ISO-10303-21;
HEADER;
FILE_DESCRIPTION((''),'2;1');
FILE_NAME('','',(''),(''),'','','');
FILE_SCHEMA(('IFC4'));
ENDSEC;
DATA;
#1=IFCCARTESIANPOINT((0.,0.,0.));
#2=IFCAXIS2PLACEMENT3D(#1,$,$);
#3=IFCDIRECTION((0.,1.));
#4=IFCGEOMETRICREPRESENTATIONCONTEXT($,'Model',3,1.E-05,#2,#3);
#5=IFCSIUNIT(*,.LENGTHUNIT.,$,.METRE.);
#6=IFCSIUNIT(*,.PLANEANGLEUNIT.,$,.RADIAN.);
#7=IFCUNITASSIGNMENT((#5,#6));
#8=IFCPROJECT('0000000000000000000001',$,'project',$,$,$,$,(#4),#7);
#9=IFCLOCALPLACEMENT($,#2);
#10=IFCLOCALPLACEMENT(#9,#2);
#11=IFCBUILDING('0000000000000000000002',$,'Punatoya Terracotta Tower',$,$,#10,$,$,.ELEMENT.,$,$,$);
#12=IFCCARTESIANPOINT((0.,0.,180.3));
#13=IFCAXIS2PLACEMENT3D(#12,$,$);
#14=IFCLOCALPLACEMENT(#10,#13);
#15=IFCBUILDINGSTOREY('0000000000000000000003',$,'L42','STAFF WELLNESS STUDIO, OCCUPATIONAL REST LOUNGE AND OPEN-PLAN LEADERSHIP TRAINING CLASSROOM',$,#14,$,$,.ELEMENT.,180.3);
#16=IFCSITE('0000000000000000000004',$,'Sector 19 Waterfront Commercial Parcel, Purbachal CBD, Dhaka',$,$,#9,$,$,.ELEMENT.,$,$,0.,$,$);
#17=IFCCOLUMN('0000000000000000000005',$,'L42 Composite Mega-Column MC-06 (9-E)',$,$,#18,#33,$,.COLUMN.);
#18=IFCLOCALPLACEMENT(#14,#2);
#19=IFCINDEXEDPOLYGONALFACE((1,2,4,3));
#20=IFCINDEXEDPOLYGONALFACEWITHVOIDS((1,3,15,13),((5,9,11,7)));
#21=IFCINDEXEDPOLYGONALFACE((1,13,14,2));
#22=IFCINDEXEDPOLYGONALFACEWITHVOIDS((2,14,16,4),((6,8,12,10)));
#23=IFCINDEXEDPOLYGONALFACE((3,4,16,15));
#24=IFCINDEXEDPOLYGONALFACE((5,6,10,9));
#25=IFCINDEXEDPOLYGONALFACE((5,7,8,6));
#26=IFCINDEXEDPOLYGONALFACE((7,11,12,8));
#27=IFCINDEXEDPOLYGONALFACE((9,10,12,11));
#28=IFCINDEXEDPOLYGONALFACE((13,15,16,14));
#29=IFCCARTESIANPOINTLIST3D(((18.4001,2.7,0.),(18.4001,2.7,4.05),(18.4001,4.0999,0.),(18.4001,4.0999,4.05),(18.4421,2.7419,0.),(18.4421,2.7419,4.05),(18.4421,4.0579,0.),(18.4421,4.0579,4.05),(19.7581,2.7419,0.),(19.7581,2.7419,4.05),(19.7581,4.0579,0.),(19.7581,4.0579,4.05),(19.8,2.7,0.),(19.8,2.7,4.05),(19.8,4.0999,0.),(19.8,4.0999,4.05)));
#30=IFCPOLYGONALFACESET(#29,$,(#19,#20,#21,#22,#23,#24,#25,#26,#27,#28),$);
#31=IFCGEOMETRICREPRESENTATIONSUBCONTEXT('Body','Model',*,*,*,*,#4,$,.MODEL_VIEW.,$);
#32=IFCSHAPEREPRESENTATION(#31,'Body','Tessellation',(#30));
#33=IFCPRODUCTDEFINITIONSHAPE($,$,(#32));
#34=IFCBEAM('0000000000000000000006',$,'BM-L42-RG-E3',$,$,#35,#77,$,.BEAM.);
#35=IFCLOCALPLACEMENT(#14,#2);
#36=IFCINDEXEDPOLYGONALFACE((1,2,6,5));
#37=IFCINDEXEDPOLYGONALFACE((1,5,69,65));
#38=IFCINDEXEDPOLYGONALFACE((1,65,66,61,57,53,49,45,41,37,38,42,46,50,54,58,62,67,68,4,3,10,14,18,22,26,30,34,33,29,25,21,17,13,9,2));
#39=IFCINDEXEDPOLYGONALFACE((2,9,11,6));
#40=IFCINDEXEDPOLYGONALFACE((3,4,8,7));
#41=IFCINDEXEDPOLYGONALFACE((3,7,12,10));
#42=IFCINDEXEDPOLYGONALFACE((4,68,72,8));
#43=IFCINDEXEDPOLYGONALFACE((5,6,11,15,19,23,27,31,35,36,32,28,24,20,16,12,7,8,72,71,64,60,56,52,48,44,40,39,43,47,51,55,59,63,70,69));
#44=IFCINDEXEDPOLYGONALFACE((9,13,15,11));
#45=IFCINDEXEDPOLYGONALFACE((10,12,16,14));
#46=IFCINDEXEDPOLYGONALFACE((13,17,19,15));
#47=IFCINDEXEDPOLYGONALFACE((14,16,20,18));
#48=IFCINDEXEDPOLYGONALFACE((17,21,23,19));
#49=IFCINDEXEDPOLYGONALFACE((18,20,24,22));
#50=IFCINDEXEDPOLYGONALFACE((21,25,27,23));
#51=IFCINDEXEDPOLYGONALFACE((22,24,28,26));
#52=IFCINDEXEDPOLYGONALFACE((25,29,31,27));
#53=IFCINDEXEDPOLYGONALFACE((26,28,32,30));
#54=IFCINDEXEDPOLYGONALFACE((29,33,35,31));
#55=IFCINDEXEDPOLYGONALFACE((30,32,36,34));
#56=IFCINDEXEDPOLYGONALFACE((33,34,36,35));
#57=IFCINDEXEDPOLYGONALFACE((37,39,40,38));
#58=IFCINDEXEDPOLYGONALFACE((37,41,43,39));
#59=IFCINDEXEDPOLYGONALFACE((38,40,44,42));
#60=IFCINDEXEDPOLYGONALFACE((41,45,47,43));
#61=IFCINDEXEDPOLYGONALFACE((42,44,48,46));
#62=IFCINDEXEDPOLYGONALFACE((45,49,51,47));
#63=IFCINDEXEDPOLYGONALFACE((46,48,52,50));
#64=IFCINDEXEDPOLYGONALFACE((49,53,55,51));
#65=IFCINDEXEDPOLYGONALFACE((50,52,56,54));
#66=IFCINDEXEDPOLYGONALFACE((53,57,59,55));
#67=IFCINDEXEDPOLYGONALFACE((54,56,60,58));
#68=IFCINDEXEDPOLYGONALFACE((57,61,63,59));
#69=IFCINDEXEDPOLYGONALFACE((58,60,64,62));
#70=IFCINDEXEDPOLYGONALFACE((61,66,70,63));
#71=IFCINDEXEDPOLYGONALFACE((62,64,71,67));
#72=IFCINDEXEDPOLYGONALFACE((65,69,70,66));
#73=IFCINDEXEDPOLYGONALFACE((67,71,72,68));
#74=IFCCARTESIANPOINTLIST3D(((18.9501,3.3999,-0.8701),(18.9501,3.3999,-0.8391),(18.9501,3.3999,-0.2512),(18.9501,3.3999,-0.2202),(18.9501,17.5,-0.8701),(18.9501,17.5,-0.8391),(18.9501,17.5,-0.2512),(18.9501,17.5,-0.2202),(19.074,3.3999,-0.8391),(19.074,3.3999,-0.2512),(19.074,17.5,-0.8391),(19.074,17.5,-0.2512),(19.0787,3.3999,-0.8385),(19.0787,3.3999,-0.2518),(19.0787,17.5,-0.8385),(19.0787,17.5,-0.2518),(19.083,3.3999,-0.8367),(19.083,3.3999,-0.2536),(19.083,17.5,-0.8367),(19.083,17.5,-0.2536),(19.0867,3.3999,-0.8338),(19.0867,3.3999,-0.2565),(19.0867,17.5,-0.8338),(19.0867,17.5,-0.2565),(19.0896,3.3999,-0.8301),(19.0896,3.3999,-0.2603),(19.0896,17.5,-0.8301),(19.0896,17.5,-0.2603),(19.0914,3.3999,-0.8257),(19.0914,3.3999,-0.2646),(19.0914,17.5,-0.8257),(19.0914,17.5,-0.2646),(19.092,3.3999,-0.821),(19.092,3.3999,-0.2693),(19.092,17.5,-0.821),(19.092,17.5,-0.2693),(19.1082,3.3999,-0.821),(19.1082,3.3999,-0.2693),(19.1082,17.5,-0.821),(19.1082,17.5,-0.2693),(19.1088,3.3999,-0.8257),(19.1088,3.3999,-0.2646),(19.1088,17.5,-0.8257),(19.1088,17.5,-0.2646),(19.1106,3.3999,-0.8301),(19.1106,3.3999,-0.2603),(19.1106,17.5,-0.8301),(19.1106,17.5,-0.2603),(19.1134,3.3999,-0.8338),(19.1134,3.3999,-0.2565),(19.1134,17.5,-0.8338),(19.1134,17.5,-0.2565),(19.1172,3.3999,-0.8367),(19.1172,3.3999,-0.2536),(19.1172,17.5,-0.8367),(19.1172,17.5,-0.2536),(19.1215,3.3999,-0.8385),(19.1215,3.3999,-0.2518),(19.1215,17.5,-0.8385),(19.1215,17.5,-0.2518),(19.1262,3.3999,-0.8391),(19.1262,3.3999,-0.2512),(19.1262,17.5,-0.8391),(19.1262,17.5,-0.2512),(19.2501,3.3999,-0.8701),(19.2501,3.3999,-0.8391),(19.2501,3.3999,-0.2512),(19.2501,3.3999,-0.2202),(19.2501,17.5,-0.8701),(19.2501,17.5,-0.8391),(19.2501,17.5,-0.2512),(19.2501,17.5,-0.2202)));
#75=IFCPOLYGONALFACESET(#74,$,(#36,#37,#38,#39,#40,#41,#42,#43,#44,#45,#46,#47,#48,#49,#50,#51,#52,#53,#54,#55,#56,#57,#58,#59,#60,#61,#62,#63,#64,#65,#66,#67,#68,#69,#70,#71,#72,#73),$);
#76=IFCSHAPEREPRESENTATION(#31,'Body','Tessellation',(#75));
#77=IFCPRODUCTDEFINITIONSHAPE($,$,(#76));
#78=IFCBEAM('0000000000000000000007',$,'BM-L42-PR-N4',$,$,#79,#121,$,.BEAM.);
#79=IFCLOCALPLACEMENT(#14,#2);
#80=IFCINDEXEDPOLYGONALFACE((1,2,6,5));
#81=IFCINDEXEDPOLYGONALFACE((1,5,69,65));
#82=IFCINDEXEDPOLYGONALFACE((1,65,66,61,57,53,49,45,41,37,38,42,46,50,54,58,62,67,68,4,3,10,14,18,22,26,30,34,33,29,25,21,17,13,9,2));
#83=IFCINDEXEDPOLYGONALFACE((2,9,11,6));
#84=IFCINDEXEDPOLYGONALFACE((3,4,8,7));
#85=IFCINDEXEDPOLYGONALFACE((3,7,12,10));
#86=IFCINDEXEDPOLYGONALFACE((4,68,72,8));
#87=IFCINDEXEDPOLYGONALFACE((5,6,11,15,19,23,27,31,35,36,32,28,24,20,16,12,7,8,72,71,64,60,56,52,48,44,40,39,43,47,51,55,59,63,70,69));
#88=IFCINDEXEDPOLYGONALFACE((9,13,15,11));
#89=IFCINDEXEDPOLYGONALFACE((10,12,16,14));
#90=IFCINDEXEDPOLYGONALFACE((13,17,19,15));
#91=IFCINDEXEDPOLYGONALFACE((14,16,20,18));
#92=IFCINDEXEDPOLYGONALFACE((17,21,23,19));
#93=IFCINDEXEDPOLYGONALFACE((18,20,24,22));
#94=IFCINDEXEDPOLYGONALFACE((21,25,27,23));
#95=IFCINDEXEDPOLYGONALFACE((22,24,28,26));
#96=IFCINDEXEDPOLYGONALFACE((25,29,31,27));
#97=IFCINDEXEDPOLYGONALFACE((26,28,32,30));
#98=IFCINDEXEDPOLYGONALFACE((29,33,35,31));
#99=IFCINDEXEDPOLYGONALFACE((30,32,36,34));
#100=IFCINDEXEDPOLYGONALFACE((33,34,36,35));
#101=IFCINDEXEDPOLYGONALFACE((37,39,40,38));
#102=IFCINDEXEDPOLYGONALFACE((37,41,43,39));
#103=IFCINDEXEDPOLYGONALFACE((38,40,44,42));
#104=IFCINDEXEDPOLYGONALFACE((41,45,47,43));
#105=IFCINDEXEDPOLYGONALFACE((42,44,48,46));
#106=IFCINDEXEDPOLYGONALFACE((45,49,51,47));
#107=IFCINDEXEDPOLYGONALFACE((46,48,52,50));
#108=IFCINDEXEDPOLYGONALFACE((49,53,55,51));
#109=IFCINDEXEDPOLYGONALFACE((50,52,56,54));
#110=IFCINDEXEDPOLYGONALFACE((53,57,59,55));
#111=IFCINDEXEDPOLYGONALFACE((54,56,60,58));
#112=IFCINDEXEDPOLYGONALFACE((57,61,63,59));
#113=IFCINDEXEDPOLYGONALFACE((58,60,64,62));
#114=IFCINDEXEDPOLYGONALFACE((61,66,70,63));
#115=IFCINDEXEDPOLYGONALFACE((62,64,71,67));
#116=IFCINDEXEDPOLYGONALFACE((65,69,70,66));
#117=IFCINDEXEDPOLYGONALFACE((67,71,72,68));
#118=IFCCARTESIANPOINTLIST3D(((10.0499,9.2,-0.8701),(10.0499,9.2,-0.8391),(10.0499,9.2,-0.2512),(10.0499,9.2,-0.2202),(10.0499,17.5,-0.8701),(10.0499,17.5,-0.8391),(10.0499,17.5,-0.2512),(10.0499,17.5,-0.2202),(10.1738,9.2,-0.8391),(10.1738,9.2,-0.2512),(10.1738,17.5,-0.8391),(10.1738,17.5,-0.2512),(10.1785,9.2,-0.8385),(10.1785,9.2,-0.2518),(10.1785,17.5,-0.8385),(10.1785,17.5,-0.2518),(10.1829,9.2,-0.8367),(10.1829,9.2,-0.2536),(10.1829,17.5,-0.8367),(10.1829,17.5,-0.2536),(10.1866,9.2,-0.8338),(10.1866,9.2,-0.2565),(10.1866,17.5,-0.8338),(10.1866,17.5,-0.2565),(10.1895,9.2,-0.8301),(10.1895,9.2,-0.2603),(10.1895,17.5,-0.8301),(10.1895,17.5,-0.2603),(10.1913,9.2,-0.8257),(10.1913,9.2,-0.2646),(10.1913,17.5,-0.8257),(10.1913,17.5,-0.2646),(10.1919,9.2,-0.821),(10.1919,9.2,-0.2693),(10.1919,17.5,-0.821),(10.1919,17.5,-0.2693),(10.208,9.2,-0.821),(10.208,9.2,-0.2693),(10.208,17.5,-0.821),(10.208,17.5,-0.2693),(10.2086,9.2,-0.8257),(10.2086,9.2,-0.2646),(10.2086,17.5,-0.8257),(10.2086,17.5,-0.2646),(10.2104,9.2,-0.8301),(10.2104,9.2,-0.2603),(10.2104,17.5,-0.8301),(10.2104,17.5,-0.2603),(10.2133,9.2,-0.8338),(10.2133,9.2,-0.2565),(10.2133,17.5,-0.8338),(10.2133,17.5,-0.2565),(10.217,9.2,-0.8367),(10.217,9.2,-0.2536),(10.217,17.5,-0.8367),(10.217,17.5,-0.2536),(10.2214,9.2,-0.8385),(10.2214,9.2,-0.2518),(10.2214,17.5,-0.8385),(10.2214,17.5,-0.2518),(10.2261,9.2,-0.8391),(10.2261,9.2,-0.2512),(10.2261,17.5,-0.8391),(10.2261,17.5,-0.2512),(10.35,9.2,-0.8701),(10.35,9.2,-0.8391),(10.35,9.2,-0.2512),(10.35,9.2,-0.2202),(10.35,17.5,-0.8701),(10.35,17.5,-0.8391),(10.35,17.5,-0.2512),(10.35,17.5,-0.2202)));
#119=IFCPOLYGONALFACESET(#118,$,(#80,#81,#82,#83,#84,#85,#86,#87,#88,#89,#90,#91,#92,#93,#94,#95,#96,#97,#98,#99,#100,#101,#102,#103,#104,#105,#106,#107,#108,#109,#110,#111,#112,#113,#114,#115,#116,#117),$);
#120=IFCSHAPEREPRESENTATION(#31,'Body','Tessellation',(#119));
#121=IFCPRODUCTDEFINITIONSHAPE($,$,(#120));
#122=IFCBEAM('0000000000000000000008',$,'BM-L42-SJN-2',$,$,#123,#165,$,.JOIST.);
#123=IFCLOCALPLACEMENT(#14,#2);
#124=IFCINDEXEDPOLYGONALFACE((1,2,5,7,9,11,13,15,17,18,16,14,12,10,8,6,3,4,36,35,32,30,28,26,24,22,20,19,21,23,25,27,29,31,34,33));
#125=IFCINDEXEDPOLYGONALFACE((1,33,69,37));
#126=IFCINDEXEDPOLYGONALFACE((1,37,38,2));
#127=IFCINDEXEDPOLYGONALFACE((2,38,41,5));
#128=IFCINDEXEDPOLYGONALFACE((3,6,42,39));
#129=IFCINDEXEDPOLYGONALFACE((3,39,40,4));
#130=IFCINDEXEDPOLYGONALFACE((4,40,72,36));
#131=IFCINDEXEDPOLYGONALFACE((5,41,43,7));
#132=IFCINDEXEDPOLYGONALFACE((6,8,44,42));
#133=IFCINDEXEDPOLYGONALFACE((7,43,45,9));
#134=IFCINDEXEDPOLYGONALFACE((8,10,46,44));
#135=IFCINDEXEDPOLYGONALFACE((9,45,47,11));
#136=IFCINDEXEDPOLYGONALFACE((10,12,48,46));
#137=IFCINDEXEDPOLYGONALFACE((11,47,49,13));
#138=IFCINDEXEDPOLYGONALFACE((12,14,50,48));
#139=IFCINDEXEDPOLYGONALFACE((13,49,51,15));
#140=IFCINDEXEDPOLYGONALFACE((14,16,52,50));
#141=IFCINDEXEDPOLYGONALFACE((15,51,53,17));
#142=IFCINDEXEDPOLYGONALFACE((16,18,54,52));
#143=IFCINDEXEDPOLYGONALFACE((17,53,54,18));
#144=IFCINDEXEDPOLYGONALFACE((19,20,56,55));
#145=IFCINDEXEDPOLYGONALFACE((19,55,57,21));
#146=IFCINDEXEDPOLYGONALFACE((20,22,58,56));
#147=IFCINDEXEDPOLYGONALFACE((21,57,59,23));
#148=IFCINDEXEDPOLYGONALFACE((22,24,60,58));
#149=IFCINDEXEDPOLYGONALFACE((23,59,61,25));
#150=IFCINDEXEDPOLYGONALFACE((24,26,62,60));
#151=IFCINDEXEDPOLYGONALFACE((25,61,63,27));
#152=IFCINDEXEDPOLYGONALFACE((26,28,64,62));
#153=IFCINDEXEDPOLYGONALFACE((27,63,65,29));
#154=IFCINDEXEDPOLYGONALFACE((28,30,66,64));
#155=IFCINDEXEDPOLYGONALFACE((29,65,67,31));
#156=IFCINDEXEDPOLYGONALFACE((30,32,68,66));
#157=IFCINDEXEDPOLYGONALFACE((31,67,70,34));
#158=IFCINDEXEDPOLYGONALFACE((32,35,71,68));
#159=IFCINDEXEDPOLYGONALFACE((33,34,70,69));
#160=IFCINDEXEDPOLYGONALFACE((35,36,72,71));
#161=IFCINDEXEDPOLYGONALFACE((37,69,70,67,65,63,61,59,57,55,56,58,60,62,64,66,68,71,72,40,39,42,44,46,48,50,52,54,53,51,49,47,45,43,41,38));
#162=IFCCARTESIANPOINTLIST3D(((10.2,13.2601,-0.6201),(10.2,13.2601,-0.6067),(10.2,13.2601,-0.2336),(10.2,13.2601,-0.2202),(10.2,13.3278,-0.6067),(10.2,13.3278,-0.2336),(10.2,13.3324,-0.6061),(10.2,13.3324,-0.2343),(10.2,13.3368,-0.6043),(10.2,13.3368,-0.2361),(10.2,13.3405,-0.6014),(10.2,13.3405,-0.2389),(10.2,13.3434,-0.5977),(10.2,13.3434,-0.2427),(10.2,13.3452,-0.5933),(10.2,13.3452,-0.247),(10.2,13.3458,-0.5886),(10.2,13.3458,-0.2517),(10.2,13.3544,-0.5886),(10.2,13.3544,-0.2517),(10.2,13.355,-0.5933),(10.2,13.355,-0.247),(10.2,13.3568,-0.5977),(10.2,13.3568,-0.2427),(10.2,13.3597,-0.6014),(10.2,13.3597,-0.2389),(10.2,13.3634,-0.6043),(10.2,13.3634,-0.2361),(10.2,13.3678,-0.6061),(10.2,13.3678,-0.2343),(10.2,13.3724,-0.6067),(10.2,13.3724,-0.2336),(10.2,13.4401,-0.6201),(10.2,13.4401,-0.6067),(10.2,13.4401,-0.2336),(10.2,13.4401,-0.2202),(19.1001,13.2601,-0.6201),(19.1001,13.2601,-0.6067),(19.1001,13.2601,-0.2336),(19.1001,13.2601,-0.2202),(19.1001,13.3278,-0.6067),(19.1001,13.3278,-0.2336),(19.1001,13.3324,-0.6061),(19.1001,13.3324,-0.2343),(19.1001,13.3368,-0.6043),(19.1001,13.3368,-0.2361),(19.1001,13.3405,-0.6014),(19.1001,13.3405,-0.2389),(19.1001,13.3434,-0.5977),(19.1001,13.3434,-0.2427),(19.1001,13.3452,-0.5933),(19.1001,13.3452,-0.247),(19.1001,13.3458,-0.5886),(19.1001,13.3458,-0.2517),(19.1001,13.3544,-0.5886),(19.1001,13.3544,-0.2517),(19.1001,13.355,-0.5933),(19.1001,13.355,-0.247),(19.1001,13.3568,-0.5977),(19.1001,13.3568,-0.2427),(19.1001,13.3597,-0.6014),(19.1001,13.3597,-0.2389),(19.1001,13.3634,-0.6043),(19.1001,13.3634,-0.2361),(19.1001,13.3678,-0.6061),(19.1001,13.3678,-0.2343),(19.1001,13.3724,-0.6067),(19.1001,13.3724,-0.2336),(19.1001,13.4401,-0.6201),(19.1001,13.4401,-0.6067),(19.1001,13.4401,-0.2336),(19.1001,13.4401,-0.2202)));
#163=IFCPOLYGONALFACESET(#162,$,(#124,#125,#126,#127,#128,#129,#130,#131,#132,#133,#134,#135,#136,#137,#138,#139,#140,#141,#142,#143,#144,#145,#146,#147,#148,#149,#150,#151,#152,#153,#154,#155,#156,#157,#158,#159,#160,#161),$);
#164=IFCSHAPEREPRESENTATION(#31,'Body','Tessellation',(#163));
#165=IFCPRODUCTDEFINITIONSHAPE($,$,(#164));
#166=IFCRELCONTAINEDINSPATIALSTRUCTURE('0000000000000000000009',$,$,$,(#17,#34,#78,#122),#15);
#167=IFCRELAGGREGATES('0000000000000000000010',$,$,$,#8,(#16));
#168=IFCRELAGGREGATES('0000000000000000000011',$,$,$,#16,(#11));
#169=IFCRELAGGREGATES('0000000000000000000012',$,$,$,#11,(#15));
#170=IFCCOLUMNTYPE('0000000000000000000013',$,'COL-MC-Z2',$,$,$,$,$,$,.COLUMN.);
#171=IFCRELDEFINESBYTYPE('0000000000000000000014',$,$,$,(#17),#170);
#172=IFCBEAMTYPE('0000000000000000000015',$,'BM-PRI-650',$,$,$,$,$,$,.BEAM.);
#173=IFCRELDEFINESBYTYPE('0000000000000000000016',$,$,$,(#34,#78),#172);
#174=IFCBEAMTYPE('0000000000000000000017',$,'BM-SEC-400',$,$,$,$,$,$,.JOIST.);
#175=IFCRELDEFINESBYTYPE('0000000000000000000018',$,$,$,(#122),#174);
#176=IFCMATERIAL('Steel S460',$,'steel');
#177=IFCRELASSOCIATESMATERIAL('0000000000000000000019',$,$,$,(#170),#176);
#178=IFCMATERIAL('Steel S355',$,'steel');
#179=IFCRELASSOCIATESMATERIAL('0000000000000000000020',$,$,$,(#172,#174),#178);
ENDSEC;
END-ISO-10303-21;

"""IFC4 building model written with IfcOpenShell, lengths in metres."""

from ifc_helpers import new_model, si_unit, direction, frame, origin, origin_2d, place, context, subcontext, project, spatial, hollow_rectangle, i_section, extrude, material, material_profile, profile_set, type_object, element, save


model = new_model("IFC4")

# Units and contexts
model_context = context("Model", 3, precision=1e-05, world=origin(), true_north=direction((0.0, 1.0)))
body_context = subcontext(model_context, "Body", "Model", "MODEL_VIEW")
ifc_project = project(units=[si_unit("LENGTHUNIT", "METRE"), si_unit("PLANEANGLEUNIT", "RADIAN")], contexts=[model_context])

# Site, building, storey
site_placement = place(None, origin())
site = spatial("IfcSite", under=ifc_project, at=site_placement, Name="Sector 19 Waterfront Commercial Parcel, Purbachal CBD, Dhaka", CompositionType="ELEMENT", RefElevation=0.0)
building_placement = place(site_placement, origin())
building = spatial("IfcBuilding", under=site, at=building_placement, Name="Punatoya Terracotta Tower", CompositionType="ELEMENT")
storey_placement = place(building_placement, frame((0.0, 0.0, 180.3)))
storey = spatial("IfcBuildingStorey", under=building, at=storey_placement, Name="L42", Description="STAFF WELLNESS STUDIO, OCCUPATIONAL REST LOUNGE AND OPEN-PLAN LEADERSHIP TRAINING CLASSROOM", CompositionType="ELEMENT", Elevation=180.3)

# Column
ifc_material_1 = material(Name="Steel S460", Category="steel")
ifc_material_profile_1 = material_profile(ifc_material_1, hollow_rectangle(XDim=1.3999, YDim=1.3999, WallThickness=0.042, at=origin_2d()))
ifc_profile_set_1 = profile_set([ifc_material_profile_1], Name="Steel S460")
column_type = type_object("IfcColumnType", Name="COL-MC-Z2", PredefinedType="COLUMN", material=ifc_profile_set_1)
column_placement = place(storey_placement, frame((19.1001, 3.3999, 0.0), z_axis=(0.0, 0.0, 1.0), x_axis=(1.0, 0.0, 0.0)))
element("IfcColumn", 1, at=column_placement, inside=storey, type_object=column_type, Name="L42 Composite Mega-Column MC-06 (9-E)", PredefinedType="COLUMN", context=body_context, shape_type="SweptSolid", body=[
    extrude(hollow_rectangle(XDim=1.3999, YDim=1.3999, WallThickness=0.042, at=origin_2d()), origin(), (0.0, 0.0, 1.0), 4.05),
])

# Beams
ifc_material_2 = material(Name="Steel S355", Category="steel")
ifc_material_profile_2 = material_profile(ifc_material_2, i_section(OverallWidth=0.3, OverallDepth=0.6499, WebThickness=0.0161, FlangeThickness=0.031, FilletRadius=0.0181, at=origin_2d()))
ifc_profile_set_2 = profile_set([ifc_material_profile_2], Name="Steel S355")
beam_type_1 = type_object("IfcBeamType", Name="BM-PRI-650", PredefinedType="BEAM", material=ifc_profile_set_2)
beam_1_placement = place(storey_placement, frame((19.1001, 3.3999, -0.5452), z_axis=(0.0, 1.0, 0.0), x_axis=(-1.0, 0.0, 0.0)))
element("IfcBeam", 2, at=beam_1_placement, inside=storey, type_object=beam_type_1, Name="BM-L42-RG-E3", PredefinedType="BEAM", context=body_context, shape_type="SweptSolid", body=[
    extrude(i_section(OverallWidth=0.3, OverallDepth=0.6499, WebThickness=0.0161, FlangeThickness=0.031, FilletRadius=0.0181, at=origin_2d()), origin(), (0.0, 0.0, 1.0), 14.1001),
])
beam_2_placement = place(storey_placement, frame((10.2, 9.2, -0.5452), z_axis=(0.0, 1.0, 0.0), x_axis=(-1.0, 0.0, 0.0)))
element("IfcBeam", 3, at=beam_2_placement, inside=storey, type_object=beam_type_1, Name="BM-L42-PR-N4", PredefinedType="BEAM", context=body_context, shape_type="SweptSolid", body=[
    extrude(i_section(OverallWidth=0.3, OverallDepth=0.6499, WebThickness=0.0161, FlangeThickness=0.031, FilletRadius=0.0181, at=origin_2d()), origin(), (0.0, 0.0, 1.0), 8.3),
])
ifc_material_profile_3 = material_profile(ifc_material_2, i_section(OverallWidth=0.1799, OverallDepth=0.3999, WebThickness=0.0085, FlangeThickness=0.0134, FilletRadius=0.0181, at=origin_2d()))
ifc_profile_set_3 = profile_set([ifc_material_profile_3], Name="Steel S355")
beam_type_2 = type_object("IfcBeamType", Name="BM-SEC-400", PredefinedType="JOIST", material=ifc_profile_set_3)
beam_3_placement = place(storey_placement, frame((10.2, 13.3501, -0.4202), z_axis=(1.0, 0.0, 0.0), x_axis=(0.0, 1.0, 0.0)))
element("IfcBeam", 4, at=beam_3_placement, inside=storey, type_object=beam_type_2, Name="BM-L42-SJN-2", PredefinedType="JOIST", context=body_context, shape_type="SweptSolid", body=[
    extrude(i_section(OverallWidth=0.1799, OverallDepth=0.3999, WebThickness=0.0085, FlangeThickness=0.0134, FilletRadius=0.0181, at=origin_2d()), origin(), (0.0, 0.0, 1.0), 8.9001),
])

save(model, "model.ifc")
